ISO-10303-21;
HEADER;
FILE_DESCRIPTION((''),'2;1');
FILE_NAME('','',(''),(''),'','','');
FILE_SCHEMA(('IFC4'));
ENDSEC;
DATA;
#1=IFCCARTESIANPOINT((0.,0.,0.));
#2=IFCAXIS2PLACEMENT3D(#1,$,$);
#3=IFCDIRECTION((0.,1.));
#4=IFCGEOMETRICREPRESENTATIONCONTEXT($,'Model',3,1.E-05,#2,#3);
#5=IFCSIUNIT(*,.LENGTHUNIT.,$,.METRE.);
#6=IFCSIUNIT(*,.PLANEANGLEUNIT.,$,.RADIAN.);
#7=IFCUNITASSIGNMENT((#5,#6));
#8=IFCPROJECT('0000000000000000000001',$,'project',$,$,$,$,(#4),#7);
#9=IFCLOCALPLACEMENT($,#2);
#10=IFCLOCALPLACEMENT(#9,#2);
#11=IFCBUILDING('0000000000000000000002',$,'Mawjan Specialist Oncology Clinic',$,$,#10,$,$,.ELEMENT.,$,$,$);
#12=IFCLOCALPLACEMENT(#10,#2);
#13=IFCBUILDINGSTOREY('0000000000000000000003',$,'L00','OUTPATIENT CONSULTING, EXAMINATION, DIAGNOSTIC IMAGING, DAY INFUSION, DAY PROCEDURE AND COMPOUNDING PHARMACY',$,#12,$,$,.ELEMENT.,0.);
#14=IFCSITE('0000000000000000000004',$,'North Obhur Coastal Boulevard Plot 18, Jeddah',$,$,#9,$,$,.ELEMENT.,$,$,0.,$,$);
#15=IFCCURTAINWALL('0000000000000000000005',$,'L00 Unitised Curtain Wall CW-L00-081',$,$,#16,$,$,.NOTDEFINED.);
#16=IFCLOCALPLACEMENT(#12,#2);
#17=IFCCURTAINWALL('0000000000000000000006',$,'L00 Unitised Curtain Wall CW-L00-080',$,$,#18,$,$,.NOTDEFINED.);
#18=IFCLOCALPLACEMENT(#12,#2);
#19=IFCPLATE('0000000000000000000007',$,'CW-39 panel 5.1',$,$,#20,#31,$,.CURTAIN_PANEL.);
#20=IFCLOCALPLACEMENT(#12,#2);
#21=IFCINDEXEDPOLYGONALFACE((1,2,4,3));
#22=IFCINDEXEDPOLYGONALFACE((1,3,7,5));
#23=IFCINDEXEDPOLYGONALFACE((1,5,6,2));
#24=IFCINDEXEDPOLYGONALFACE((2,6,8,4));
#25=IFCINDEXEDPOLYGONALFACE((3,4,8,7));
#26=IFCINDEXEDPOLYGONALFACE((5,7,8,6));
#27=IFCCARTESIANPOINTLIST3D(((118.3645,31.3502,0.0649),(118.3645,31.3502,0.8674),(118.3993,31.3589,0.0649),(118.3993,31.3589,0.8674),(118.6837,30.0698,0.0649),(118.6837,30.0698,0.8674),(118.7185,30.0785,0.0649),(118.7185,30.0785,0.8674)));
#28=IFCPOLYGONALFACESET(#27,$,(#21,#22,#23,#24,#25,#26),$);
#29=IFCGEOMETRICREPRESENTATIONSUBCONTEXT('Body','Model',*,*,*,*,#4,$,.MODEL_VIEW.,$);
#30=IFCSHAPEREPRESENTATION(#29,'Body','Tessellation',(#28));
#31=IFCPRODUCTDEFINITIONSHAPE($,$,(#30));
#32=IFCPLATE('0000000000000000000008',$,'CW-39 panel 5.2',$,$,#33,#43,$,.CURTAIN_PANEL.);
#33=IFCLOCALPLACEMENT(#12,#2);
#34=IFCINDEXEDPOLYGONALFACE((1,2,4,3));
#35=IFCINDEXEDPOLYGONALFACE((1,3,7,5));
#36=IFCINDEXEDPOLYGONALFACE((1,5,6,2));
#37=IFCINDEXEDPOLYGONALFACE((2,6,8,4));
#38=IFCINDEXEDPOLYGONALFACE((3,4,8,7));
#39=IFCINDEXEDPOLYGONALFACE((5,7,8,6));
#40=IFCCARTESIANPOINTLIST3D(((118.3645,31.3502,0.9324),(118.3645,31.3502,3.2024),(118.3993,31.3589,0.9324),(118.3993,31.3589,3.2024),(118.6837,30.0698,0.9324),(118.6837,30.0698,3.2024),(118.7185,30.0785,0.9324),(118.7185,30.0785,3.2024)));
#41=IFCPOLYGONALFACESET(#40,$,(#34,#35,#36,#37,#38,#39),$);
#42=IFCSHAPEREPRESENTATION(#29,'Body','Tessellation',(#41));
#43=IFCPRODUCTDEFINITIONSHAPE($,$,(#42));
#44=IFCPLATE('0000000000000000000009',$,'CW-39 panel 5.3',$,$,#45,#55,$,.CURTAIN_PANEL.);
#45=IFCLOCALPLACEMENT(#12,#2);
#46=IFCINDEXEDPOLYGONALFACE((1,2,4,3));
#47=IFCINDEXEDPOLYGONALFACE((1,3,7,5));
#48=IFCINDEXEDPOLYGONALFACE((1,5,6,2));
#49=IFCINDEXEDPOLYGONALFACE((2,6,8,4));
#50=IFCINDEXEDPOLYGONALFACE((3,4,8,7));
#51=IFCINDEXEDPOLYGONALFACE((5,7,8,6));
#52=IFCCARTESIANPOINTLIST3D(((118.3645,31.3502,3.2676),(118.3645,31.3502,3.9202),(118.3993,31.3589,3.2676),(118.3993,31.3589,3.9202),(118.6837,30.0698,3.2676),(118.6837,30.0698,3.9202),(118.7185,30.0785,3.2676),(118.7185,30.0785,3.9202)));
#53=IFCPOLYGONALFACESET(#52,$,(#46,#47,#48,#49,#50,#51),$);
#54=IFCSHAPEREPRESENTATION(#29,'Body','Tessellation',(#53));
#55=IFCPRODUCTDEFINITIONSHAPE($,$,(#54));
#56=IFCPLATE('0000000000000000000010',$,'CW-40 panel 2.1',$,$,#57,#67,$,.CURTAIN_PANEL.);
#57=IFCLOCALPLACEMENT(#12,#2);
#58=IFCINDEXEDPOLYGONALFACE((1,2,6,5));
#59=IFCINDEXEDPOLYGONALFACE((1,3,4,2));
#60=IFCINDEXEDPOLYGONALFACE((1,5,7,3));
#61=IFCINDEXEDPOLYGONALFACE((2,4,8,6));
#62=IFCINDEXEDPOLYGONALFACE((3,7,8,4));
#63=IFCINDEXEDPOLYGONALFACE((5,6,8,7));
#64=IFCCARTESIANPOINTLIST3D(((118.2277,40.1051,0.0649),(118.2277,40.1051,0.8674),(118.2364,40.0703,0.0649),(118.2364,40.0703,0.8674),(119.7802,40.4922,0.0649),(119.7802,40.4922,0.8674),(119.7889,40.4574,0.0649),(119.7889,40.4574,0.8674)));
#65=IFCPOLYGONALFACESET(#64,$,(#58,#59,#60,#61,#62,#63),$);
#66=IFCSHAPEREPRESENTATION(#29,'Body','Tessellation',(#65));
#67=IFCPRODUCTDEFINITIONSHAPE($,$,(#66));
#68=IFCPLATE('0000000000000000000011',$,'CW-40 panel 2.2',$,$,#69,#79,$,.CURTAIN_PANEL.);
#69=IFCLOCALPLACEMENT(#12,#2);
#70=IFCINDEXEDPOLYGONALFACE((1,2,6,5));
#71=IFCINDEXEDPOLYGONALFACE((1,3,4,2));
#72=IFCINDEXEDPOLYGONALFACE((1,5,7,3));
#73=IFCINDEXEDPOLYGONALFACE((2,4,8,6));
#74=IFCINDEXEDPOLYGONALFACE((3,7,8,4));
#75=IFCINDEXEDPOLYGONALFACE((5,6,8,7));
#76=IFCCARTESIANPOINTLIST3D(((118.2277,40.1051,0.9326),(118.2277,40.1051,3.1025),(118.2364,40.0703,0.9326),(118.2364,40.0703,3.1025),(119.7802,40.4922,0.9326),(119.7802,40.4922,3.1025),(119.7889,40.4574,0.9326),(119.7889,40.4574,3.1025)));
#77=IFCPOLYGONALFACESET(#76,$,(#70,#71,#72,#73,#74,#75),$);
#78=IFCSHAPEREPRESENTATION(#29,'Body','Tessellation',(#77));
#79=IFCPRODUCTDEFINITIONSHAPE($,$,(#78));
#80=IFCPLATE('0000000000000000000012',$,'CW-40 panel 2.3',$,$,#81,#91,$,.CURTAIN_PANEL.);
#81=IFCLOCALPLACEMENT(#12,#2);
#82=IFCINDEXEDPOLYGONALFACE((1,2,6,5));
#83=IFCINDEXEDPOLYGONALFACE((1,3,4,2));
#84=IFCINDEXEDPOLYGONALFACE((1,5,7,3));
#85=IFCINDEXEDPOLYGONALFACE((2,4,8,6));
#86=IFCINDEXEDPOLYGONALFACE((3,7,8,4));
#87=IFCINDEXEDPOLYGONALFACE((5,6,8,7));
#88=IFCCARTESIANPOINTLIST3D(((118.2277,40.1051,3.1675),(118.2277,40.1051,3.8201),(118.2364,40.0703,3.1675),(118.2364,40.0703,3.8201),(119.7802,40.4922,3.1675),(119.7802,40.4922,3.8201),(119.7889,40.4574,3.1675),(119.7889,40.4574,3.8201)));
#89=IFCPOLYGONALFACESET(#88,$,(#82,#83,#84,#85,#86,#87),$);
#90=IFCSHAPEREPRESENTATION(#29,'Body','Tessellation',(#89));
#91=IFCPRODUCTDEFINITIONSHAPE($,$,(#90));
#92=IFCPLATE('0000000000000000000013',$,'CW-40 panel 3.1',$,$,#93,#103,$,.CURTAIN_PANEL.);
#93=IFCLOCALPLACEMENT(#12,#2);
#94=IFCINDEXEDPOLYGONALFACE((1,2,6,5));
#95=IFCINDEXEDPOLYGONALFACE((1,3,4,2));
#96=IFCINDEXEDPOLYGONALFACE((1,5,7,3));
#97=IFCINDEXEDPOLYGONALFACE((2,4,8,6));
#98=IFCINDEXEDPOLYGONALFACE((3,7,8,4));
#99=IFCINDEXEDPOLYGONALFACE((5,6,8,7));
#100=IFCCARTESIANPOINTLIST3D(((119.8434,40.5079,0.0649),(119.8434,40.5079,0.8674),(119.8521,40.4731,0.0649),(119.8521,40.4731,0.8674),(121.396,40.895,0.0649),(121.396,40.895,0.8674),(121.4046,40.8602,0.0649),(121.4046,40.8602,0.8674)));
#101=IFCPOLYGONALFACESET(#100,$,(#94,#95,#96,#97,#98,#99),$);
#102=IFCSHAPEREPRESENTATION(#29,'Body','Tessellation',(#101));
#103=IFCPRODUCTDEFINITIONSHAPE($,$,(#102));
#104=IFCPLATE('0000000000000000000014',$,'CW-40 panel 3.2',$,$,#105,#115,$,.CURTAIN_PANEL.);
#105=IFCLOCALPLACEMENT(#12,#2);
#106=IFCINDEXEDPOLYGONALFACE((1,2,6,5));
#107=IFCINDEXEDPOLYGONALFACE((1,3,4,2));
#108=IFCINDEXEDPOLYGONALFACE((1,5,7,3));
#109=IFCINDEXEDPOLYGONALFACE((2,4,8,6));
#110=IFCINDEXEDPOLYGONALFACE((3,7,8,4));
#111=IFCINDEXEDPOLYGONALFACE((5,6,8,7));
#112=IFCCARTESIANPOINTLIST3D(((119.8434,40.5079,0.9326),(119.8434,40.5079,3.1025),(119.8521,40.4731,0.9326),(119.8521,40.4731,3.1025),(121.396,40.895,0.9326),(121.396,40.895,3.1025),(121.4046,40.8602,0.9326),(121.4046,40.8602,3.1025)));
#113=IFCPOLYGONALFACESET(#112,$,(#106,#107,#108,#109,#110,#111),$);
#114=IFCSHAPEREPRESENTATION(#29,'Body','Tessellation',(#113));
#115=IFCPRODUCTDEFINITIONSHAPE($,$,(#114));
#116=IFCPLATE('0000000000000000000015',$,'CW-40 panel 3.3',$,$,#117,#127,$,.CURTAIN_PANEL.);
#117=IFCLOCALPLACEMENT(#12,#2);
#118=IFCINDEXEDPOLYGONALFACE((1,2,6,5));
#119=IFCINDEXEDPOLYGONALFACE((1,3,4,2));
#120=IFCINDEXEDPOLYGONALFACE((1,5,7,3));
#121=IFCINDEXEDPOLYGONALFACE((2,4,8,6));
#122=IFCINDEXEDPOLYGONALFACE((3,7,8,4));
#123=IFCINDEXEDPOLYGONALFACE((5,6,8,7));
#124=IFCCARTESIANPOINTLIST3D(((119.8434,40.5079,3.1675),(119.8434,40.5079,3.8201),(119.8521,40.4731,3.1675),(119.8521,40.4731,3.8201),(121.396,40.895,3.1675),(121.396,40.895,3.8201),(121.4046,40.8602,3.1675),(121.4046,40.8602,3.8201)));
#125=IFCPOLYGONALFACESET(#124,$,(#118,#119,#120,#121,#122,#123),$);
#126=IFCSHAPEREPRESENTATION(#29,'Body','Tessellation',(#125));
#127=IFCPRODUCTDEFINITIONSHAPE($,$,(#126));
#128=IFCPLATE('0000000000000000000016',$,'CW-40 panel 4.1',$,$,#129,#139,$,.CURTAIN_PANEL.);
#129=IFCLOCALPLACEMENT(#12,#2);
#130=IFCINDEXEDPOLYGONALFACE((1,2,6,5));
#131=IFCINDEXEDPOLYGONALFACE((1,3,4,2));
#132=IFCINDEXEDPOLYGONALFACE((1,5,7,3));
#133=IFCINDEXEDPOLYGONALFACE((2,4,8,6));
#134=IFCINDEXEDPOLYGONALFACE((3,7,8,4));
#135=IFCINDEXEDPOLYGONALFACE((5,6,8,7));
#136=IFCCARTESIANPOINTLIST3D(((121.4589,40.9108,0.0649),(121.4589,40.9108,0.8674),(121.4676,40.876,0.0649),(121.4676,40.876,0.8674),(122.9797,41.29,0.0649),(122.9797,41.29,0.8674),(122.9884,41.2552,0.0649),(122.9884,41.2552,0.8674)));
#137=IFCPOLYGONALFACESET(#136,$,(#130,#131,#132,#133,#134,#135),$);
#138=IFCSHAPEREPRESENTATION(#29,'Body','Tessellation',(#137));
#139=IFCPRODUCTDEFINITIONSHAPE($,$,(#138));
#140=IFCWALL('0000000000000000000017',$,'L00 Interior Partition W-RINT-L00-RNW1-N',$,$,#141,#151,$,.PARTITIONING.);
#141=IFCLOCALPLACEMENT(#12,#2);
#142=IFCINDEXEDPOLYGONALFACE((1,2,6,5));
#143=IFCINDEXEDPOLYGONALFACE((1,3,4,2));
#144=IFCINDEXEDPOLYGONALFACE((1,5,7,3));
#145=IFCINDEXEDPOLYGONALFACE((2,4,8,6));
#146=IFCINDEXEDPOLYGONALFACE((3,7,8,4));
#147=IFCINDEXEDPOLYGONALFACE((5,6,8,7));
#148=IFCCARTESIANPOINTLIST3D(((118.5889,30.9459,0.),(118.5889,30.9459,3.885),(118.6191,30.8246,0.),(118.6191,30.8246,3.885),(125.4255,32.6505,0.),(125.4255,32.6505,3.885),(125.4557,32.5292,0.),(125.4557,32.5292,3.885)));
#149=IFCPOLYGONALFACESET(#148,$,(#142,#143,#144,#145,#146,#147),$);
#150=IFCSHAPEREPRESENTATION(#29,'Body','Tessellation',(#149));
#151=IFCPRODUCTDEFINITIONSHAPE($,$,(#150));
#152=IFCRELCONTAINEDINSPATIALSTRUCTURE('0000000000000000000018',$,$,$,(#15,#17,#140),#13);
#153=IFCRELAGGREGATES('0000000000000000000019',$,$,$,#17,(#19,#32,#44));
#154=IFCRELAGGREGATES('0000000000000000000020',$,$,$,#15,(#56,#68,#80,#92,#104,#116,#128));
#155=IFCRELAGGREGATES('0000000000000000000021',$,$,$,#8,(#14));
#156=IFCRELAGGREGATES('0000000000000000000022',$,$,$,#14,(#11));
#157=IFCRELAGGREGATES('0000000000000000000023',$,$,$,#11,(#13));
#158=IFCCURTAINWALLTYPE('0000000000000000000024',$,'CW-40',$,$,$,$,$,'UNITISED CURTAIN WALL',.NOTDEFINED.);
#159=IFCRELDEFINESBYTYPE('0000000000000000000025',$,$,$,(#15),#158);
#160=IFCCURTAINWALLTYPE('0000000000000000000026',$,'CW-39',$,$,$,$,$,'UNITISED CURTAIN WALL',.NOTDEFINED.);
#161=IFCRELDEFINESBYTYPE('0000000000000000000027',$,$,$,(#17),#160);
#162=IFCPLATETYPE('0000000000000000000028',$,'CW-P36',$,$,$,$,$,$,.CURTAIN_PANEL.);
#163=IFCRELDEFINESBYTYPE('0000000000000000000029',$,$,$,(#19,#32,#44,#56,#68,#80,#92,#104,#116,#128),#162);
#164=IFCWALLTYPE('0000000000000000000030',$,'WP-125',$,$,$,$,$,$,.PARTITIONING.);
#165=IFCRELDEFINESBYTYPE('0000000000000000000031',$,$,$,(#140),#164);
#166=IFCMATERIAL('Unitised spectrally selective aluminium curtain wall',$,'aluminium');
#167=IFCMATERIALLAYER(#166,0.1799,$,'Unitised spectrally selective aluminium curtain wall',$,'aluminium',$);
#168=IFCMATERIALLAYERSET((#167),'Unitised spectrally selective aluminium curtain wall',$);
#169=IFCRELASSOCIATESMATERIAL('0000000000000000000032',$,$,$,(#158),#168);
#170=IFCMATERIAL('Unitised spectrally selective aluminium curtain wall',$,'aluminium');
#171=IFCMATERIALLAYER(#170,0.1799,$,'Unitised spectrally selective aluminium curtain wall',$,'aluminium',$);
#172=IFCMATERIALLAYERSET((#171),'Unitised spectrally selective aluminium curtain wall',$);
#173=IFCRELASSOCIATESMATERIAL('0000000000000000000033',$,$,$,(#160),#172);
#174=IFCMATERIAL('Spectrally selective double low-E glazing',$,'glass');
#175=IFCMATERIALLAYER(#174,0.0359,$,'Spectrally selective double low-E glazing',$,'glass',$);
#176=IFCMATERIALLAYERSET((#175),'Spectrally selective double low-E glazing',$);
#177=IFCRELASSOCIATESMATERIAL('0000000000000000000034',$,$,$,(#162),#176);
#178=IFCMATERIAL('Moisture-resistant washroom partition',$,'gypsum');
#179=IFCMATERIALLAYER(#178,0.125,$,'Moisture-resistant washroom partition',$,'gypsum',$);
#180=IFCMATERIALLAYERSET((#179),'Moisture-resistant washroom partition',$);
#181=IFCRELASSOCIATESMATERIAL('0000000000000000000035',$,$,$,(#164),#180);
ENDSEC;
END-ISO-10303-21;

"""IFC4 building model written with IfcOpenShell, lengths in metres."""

from ifc_helpers import new_model, si_unit, direction, frame, frame_2d, origin, origin_2d, place, context, subcontext, project, spatial, rectangle, extrude, material, layer, layer_set, type_object, element, aggregate, save


model = new_model("IFC4")

# Units and contexts
model_context = context("Model", 3, precision=1e-05, world=origin(), true_north=direction((0.0, 1.0)))
body_context = subcontext(model_context, "Body", "Model", "MODEL_VIEW")
ifc_project = project(units=[si_unit("LENGTHUNIT", "METRE"), si_unit("PLANEANGLEUNIT", "RADIAN")], contexts=[model_context])

# Site, building, storey
site_placement = place(None, origin())
site = spatial("IfcSite", under=ifc_project, at=site_placement, Name="North Obhur Coastal Boulevard Plot 18, Jeddah", CompositionType="ELEMENT", RefElevation=0.0)
building_placement = place(site_placement, origin())
building = spatial("IfcBuilding", under=site, at=building_placement, Name="Mawjan Specialist Oncology Clinic", CompositionType="ELEMENT")
storey_placement = place(building_placement, origin())
storey = spatial("IfcBuildingStorey", under=building, at=storey_placement, Name="L00", Description="OUTPATIENT CONSULTING, EXAMINATION, DIAGNOSTIC IMAGING, DAY INFUSION, DAY PROCEDURE AND COMPOUNDING PHARMACY", CompositionType="ELEMENT", Elevation=0.0)

# Curtain wall
ifc_material_1 = material(Name="Unitised spectrally selective aluminium curtain wall", Category="aluminium")
ifc_layer_1 = layer(ifc_material_1, 0.1799, Name="Unitised spectrally selective aluminium curtain wall", Category="aluminium")
ifc_layer_set_1 = layer_set([ifc_layer_1], Name="Unitised spectrally selective aluminium curtain wall")
curtain_wall_type_1 = type_object("IfcCurtainWallType", Name="CW-40", ElementType="UNITISED CURTAIN WALL", PredefinedType="NOTDEFINED", material=ifc_layer_set_1)
curtain_wall_1_placement = place(storey_placement, origin())
curtain_wall_1 = element("IfcCurtainWall", 1, at=curtain_wall_1_placement, inside=storey, type_object=curtain_wall_type_1, Name="L00 Unitised Curtain Wall CW-L00-081", PredefinedType="NOTDEFINED")

# Curtain wall, plates
ifc_material_2 = material(Name="Unitised spectrally selective aluminium curtain wall", Category="aluminium")
ifc_layer_2 = layer(ifc_material_2, 0.1799, Name="Unitised spectrally selective aluminium curtain wall", Category="aluminium")
ifc_layer_set_2 = layer_set([ifc_layer_2], Name="Unitised spectrally selective aluminium curtain wall")
curtain_wall_type_2 = type_object("IfcCurtainWallType", Name="CW-39", ElementType="UNITISED CURTAIN WALL", PredefinedType="NOTDEFINED", material=ifc_layer_set_2)
curtain_wall_2_placement = place(storey_placement, origin())
curtain_wall_2 = element("IfcCurtainWall", 2, at=curtain_wall_2_placement, inside=storey, type_object=curtain_wall_type_2, Name="L00 Unitised Curtain Wall CW-L00-080", PredefinedType="NOTDEFINED")
ifc_material_3 = material(Name="Spectrally selective double low-E glazing", Category="glass")
ifc_layer_3 = layer(ifc_material_3, 0.0359, Name="Spectrally selective double low-E glazing", Category="glass")
ifc_layer_set_3 = layer_set([ifc_layer_3], Name="Spectrally selective double low-E glazing")
plate_type = type_object("IfcPlateType", Name="CW-P36", PredefinedType="CURTAIN_PANEL", material=ifc_layer_set_3)
plate_1_placement = place(storey_placement, frame((118.5415, 30.7144, 0.0649), z_axis=(0.0, 0.0, 1.0), x_axis=(-0.241922, 0.970296, 0.0)))
plate_1 = element("IfcPlate", 3, at=plate_1_placement, type_object=plate_type, Name="CW-39 panel 5.1", PredefinedType="CURTAIN_PANEL", context=body_context, shape_type="SweptSolid", body=[
    extrude(rectangle(XDim=1.3196, YDim=0.0359, at=origin_2d()), origin(), (0.0, 0.0, 1.0), 0.8025),
])
plate_2_placement = place(storey_placement, frame((118.5415, 30.7144, 0.9324), z_axis=(0.0, 0.0, 1.0), x_axis=(-0.241922, 0.970296, 0.0)))
plate_2 = element("IfcPlate", 4, at=plate_2_placement, type_object=plate_type, Name="CW-39 panel 5.2", PredefinedType="CURTAIN_PANEL", context=body_context, shape_type="SweptSolid", body=[
    extrude(rectangle(XDim=1.3196, YDim=0.0359, at=origin_2d()), origin(), (0.0, 0.0, 1.0), 2.27),
])
plate_3_placement = place(storey_placement, frame((118.5415, 30.7144, 3.2676), z_axis=(0.0, 0.0, 1.0), x_axis=(-0.241922, 0.970296, 0.0)))
plate_3 = element("IfcPlate", 5, at=plate_3_placement, type_object=plate_type, Name="CW-39 panel 5.3", PredefinedType="CURTAIN_PANEL", context=body_context, shape_type="SweptSolid", body=[
    extrude(rectangle(XDim=1.3196, YDim=0.0359, at=origin_2d()), origin(), (0.0, 0.0, 1.0), 0.6526),
])
aggregate(curtain_wall_2, [plate_1, plate_2, plate_3])

# Plates
plate_4_placement = place(storey_placement, frame((119.0083, 40.2812, 0.0649), z_axis=(0.0, 0.0, 1.0), x_axis=(0.970296, 0.241922, 0.0)))
plate_4 = element("IfcPlate", 6, at=plate_4_placement, type_object=plate_type, Name="CW-40 panel 2.1", PredefinedType="CURTAIN_PANEL", context=body_context, shape_type="SweptSolid", body=[
    extrude(rectangle(XDim=1.6001, YDim=0.0359, at=origin_2d()), origin(), (0.0, 0.0, 1.0), 0.8025),
])
plate_5_placement = place(storey_placement, frame((119.0083, 40.2812, 0.9326), z_axis=(0.0, 0.0, 1.0), x_axis=(0.970296, 0.241922, 0.0)))
plate_5 = element("IfcPlate", 7, at=plate_5_placement, type_object=plate_type, Name="CW-40 panel 2.2", PredefinedType="CURTAIN_PANEL", context=body_context, shape_type="SweptSolid", body=[
    extrude(rectangle(XDim=1.6001, YDim=0.0359, at=origin_2d()), origin(), (0.0, 0.0, 1.0), 2.1699),
])
plate_6_placement = place(storey_placement, frame((119.0083, 40.2812, 3.1675), z_axis=(0.0, 0.0, 1.0), x_axis=(0.970296, 0.241922, 0.0)))
plate_6 = element("IfcPlate", 8, at=plate_6_placement, type_object=plate_type, Name="CW-40 panel 2.3", PredefinedType="CURTAIN_PANEL", context=body_context, shape_type="SweptSolid", body=[
    extrude(rectangle(XDim=1.6001, YDim=0.0359, at=origin_2d()), origin(), (0.0, 0.0, 1.0), 0.6526),
])
plate_7_placement = place(storey_placement, frame((120.624, 40.6841, 0.0649), z_axis=(0.0, 0.0, 1.0), x_axis=(0.970296, 0.241922, 0.0)))
plate_7 = element("IfcPlate", 9, at=plate_7_placement, type_object=plate_type, Name="CW-40 panel 3.1", PredefinedType="CURTAIN_PANEL", context=body_context, shape_type="SweptSolid", body=[
    extrude(rectangle(XDim=1.6001, YDim=0.0359, at=origin_2d()), origin(), (0.0, 0.0, 1.0), 0.8025),
])
plate_8_placement = place(storey_placement, frame((120.624, 40.6841, 0.9326), z_axis=(0.0, 0.0, 1.0), x_axis=(0.970296, 0.241922, 0.0)))
plate_8 = element("IfcPlate", 10, at=plate_8_placement, type_object=plate_type, Name="CW-40 panel 3.2", PredefinedType="CURTAIN_PANEL", context=body_context, shape_type="SweptSolid", body=[
    extrude(rectangle(XDim=1.6001, YDim=0.0359, at=origin_2d()), origin(), (0.0, 0.0, 1.0), 2.1699),
])
plate_9_placement = place(storey_placement, frame((120.624, 40.6841, 3.1675), z_axis=(0.0, 0.0, 1.0), x_axis=(0.970296, 0.241922, 0.0)))
plate_9 = element("IfcPlate", 11, at=plate_9_placement, type_object=plate_type, Name="CW-40 panel 3.3", PredefinedType="CURTAIN_PANEL", context=body_context, shape_type="SweptSolid", body=[
    extrude(rectangle(XDim=1.6001, YDim=0.0359, at=origin_2d()), origin(), (0.0, 0.0, 1.0), 0.6526),
])
plate_10_placement = place(storey_placement, frame((122.2236, 41.083, 0.0649), z_axis=(0.0, 0.0, 1.0), x_axis=(0.970296, 0.241922, 0.0)))
plate_10 = element("IfcPlate", 12, at=plate_10_placement, type_object=plate_type, Name="CW-40 panel 4.1", PredefinedType="CURTAIN_PANEL", context=body_context, shape_type="SweptSolid", body=[
    extrude(rectangle(XDim=1.5674, YDim=0.0359, at=origin_2d()), origin(), (0.0, 0.0, 1.0), 0.8025),
])
aggregate(curtain_wall_1, [plate_4, plate_5, plate_6, plate_7, plate_8, plate_9, plate_10])

# Wall
ifc_material_4 = material(Name="Moisture-resistant washroom partition", Category="gypsum")
ifc_layer_4 = layer(ifc_material_4, 0.125, Name="Moisture-resistant washroom partition", Category="gypsum")
ifc_layer_set_4 = layer_set([ifc_layer_4], Name="Moisture-resistant washroom partition")
wall_type = type_object("IfcWallType", Name="WP-125", PredefinedType="PARTITIONING", material=ifc_layer_set_4)
wall_placement = place(storey_placement, frame((118.604, 30.8853, 0.0), z_axis=(0.0, 0.0, 1.0), x_axis=(0.970295, 0.241924, 0.0)))
element("IfcWall", 13, at=wall_placement, inside=storey, type_object=wall_type, Name="L00 Interior Partition W-RINT-L00-RNW1-N", PredefinedType="PARTITIONING", context=body_context, shape_type="SweptSolid", body=[
    extrude(rectangle(XDim=7.0459, YDim=0.125, at=frame_2d((3.5229, 0.0))), origin(), (0.0, 0.0, 1.0), 3.885),
])

save(model, "model.ifc")
